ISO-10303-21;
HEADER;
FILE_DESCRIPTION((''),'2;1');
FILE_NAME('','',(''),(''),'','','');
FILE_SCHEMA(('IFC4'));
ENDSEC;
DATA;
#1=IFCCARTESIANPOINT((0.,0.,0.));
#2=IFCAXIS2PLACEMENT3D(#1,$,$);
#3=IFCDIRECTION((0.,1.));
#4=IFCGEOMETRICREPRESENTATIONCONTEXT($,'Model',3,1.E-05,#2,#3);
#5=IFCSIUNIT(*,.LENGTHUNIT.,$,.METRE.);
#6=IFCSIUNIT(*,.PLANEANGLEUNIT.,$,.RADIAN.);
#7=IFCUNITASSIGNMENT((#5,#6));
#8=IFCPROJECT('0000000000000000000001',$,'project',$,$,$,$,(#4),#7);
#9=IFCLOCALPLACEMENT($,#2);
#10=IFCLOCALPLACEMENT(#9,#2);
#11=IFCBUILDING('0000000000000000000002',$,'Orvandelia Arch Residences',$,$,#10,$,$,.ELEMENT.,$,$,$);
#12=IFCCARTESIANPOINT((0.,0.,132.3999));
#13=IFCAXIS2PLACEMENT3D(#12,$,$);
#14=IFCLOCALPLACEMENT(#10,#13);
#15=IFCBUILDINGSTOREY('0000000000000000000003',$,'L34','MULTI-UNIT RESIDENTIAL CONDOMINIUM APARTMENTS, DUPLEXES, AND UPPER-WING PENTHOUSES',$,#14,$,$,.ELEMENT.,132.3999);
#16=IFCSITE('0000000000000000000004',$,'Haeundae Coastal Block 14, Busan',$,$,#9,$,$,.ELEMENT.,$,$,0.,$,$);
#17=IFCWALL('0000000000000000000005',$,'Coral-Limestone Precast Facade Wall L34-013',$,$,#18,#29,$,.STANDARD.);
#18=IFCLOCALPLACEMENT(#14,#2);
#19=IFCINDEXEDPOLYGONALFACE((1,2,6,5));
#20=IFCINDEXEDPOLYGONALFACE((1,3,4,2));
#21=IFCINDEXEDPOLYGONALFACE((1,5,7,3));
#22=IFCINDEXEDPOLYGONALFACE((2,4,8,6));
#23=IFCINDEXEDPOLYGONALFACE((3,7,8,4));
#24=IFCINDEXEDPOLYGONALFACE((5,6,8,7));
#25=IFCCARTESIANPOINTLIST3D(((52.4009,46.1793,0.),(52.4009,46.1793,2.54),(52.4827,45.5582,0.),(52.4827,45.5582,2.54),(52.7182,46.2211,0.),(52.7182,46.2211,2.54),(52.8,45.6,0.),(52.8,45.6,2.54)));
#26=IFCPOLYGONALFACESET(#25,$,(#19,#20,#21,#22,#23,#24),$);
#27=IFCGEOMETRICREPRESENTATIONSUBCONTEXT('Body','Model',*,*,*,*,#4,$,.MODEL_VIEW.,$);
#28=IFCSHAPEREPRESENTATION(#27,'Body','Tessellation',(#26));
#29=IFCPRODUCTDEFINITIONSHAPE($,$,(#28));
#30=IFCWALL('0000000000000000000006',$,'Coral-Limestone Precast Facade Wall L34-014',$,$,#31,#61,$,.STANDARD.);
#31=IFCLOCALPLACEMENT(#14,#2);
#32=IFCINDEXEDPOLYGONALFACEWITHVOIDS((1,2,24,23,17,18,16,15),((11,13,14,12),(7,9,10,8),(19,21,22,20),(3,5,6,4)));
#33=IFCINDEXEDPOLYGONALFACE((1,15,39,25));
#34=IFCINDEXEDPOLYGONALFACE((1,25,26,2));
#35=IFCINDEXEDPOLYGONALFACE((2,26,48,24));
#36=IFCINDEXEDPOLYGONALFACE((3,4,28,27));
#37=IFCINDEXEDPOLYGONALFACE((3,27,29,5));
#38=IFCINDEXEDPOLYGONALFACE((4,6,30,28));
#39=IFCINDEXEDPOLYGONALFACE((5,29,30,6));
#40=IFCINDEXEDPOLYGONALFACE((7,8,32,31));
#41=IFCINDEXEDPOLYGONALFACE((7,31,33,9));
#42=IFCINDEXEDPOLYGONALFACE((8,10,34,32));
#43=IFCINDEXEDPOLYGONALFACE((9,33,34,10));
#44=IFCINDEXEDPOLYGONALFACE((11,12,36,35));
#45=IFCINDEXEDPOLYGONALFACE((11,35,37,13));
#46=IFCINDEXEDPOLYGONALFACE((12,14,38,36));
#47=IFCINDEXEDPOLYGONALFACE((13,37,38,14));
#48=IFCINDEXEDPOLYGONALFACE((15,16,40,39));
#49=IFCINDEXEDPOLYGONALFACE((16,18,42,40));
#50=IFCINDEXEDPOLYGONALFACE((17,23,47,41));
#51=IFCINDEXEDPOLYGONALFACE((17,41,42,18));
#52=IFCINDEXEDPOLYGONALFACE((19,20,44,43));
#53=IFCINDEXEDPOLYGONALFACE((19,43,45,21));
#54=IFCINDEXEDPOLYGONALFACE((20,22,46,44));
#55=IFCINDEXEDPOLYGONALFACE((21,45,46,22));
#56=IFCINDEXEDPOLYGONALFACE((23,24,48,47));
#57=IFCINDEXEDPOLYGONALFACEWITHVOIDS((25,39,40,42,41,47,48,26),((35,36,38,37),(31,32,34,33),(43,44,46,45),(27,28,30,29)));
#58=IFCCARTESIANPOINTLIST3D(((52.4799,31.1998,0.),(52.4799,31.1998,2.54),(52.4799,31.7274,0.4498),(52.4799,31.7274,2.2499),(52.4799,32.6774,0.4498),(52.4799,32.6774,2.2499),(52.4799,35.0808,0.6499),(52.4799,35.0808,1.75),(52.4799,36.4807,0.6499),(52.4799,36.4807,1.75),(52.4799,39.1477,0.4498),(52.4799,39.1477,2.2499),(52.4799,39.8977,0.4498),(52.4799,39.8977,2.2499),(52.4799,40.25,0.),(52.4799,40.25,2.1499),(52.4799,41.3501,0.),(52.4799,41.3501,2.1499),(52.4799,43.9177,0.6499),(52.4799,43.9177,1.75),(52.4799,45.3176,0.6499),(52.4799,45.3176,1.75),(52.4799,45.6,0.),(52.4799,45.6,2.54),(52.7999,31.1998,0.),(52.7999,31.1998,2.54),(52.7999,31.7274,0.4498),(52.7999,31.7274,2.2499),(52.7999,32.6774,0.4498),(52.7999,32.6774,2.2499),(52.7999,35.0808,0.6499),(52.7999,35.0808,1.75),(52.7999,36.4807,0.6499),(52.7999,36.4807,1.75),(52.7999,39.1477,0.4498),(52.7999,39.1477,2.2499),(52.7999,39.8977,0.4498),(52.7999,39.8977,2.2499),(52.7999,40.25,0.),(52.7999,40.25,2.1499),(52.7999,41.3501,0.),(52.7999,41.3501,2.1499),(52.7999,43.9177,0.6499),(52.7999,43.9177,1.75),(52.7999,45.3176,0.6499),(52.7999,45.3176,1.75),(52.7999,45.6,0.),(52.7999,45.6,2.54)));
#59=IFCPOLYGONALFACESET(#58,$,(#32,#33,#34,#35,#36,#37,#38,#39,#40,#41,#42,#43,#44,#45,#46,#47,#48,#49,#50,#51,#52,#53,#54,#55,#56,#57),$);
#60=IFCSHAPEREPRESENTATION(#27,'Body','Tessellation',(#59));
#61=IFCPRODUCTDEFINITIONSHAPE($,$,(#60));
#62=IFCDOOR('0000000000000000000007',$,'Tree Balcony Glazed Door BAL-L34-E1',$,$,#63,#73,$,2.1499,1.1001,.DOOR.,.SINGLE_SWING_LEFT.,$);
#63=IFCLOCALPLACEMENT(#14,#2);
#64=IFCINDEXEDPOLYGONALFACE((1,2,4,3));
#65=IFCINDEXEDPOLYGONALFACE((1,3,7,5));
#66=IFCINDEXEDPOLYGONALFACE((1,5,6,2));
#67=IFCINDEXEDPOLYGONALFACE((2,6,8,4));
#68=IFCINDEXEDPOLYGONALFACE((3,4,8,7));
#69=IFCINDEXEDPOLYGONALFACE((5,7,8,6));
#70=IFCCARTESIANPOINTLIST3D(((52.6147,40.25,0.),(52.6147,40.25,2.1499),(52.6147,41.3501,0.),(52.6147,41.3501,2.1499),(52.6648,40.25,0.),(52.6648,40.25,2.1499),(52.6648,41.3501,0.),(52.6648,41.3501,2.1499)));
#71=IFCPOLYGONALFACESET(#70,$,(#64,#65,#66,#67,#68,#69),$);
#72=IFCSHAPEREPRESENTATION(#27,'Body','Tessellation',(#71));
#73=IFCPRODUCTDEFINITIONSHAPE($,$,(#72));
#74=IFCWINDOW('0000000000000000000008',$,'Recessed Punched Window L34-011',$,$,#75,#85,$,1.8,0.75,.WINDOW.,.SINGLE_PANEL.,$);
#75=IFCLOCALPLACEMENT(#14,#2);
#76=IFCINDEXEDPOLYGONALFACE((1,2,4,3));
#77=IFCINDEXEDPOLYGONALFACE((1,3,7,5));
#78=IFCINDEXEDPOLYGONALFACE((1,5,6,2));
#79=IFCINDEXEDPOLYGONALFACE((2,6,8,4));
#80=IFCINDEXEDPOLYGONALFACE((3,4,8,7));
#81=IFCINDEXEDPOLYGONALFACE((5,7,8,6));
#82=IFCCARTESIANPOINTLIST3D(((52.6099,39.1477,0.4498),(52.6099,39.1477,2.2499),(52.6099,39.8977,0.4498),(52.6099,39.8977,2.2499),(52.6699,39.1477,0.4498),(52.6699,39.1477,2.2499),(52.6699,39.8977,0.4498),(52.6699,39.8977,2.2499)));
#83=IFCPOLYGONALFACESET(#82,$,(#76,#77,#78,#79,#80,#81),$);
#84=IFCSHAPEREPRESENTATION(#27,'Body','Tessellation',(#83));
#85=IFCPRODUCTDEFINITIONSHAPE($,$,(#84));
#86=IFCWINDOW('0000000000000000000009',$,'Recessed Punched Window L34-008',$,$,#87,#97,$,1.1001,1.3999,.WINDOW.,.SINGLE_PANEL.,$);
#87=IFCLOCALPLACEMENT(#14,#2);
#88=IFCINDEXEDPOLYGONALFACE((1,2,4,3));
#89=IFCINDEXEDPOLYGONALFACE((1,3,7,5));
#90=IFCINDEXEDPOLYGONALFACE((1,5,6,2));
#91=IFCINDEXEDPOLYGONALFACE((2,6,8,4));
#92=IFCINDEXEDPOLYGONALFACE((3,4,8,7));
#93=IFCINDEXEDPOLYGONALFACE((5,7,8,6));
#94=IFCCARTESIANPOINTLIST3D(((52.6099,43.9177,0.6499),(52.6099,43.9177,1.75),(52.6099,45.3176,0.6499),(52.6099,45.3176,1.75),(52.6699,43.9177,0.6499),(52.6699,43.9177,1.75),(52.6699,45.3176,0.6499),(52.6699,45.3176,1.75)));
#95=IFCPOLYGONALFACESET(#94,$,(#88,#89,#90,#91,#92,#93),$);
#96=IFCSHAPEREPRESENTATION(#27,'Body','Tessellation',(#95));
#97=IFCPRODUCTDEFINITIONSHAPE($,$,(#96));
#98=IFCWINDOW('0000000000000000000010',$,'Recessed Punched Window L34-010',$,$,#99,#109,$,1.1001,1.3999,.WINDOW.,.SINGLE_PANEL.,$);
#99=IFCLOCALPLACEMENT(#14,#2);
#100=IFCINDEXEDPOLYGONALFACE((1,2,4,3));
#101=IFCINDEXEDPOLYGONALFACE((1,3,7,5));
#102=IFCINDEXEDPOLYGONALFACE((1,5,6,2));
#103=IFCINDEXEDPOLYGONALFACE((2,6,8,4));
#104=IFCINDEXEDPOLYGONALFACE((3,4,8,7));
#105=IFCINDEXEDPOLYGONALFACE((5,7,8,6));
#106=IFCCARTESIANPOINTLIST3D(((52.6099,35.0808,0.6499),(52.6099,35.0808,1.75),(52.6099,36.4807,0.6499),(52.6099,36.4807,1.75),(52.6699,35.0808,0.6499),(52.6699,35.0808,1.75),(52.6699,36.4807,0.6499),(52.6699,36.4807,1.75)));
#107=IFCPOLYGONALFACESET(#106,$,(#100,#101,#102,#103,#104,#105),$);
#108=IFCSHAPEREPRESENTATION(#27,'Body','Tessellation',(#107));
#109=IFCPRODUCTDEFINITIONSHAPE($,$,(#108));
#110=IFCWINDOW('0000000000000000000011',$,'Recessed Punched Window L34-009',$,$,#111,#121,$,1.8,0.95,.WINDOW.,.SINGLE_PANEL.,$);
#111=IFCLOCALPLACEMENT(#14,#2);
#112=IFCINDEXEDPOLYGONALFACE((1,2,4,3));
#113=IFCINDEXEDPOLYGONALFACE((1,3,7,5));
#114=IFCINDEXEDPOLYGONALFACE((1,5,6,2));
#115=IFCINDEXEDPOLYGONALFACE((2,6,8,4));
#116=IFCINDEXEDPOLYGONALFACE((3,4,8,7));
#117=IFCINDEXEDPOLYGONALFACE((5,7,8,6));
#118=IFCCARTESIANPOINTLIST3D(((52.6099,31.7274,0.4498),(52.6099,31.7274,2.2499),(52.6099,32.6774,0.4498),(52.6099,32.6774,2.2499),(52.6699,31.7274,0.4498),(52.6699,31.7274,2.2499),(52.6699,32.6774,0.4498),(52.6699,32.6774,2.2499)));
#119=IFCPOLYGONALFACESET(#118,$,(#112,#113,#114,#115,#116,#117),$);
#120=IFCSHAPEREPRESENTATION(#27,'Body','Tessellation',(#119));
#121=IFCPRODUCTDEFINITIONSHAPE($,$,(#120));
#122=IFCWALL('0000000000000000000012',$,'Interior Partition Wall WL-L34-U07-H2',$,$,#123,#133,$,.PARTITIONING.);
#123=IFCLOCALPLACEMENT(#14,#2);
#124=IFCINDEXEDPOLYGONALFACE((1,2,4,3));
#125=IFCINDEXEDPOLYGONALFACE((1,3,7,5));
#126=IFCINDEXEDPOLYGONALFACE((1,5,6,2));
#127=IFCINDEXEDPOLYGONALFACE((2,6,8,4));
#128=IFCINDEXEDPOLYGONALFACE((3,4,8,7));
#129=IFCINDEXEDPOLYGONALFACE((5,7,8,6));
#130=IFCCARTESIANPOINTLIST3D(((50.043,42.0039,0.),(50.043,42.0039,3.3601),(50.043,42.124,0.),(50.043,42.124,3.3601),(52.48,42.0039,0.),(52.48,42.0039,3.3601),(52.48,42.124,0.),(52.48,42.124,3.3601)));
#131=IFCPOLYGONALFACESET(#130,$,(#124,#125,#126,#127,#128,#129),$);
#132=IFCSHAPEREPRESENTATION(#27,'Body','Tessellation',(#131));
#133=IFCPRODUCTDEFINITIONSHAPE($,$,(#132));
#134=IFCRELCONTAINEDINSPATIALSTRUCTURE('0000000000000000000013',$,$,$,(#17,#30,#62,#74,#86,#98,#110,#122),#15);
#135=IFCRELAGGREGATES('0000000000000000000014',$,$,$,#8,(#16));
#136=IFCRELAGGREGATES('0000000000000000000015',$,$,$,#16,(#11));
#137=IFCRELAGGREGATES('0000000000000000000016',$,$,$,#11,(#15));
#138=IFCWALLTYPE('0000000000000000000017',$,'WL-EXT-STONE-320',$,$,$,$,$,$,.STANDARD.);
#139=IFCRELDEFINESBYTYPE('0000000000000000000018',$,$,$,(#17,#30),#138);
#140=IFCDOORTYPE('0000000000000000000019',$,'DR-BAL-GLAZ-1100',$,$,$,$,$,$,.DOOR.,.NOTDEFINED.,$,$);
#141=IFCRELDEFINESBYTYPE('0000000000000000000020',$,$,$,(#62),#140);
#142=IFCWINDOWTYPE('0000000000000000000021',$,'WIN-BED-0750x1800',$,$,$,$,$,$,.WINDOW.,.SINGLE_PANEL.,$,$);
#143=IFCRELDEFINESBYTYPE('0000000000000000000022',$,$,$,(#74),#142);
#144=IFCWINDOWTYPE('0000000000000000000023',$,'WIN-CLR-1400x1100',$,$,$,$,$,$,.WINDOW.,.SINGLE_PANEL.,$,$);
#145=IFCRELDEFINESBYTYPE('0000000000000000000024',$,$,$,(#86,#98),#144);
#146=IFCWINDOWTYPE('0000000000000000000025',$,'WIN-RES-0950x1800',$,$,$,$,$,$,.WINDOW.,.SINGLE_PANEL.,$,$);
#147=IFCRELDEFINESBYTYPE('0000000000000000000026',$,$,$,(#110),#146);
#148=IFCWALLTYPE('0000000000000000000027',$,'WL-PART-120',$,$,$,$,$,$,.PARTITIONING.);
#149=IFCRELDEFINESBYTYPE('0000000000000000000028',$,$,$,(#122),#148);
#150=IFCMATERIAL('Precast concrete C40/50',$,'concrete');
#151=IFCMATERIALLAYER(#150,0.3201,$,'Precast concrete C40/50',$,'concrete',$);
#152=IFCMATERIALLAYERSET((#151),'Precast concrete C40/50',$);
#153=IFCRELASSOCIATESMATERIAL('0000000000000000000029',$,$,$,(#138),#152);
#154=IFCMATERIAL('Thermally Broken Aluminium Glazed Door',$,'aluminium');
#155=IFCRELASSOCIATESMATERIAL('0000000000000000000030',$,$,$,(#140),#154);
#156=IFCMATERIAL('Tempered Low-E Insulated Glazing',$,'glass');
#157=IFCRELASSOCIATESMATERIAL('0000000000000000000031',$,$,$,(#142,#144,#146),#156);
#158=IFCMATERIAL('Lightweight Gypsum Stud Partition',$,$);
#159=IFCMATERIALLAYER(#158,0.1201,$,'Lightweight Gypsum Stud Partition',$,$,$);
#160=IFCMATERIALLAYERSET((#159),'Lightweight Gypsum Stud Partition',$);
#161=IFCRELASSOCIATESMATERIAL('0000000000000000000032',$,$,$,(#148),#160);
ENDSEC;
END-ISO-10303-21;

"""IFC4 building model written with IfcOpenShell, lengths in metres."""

from ifc_helpers import new_model, si_unit, direction, frame, frame_2d, origin, place, context, subcontext, project, spatial, rectangle, extrude, material, layer, layer_set, type_object, element, fill, save


model = new_model("IFC4")

# Units and contexts
model_context = context("Model", 3, precision=1e-05, world=origin(), true_north=direction((0.0, 1.0)))
body_context = subcontext(model_context, "Body", "Model", "MODEL_VIEW")
ifc_project = project(units=[si_unit("LENGTHUNIT", "METRE"), si_unit("PLANEANGLEUNIT", "RADIAN")], contexts=[model_context])

# Site, building, storey
site_placement = place(None, origin())
site = spatial("IfcSite", under=ifc_project, at=site_placement, Name="Haeundae Coastal Block 14, Busan", CompositionType="ELEMENT", RefElevation=0.0)
building_placement = place(site_placement, origin())
building = spatial("IfcBuilding", under=site, at=building_placement, Name="Orvandelia Arch Residences", CompositionType="ELEMENT")
storey_placement = place(building_placement, frame((0.0, 0.0, 132.3999)))
storey = spatial("IfcBuildingStorey", under=building, at=storey_placement, Name="L34", Description="MULTI-UNIT RESIDENTIAL CONDOMINIUM APARTMENTS, DUPLEXES, AND UPPER-WING PENTHOUSES", CompositionType="ELEMENT", Elevation=132.3999)

# Wall
ifc_material_1 = material(Name="Precast concrete C40/50", Category="concrete")
ifc_layer_1 = layer(ifc_material_1, 0.3201, Name="Precast concrete C40/50", Category="concrete")
ifc_layer_set_1 = layer_set([ifc_layer_1], Name="Precast concrete C40/50")
wall_type_1 = type_object("IfcWallType", Name="WL-EXT-STONE-320", PredefinedType="STANDARD", material=ifc_layer_set_1)
for number, where, z_axis, x_axis, name in (
    (1, (52.5596, 46.2002, 0.0), (0.0, 0.0, 1.0), (0.130555, -0.991441, 0.0), "Coral-Limestone Precast Facade Wall L34-013"),
):
    element("IfcWall", number, at=place(storey_placement, frame(where, z_axis=z_axis, x_axis=x_axis)), inside=storey, type_object=wall_type_1, Name=name, PredefinedType="STANDARD", context=body_context, shape_type="SweptSolid", body=[
        extrude(rectangle(XDim=0.6265, YDim=0.3201, at=frame_2d((0.3132, 0.0))), origin(), (0.0, 0.0, 1.0), 2.54),
    ])

# Wall, openings, door, windows
wall_1_placement = place(storey_placement, frame((52.6399, 45.6001, 0.0), z_axis=(0.0, 0.0, 1.0), x_axis=(0.0, -1.0, 0.0)))
wall_1 = element("IfcWall", 2, at=wall_1_placement, inside=storey, type_object=wall_type_1, Name="Coral-Limestone Precast Facade Wall L34-014", PredefinedType="STANDARD", context=body_context, shape_type="SweptSolid", body=[
    extrude(rectangle(XDim=14.4001, YDim=0.3201, at=frame_2d((7.2002, 0.0))), origin(), (0.0, 0.0, 1.0), 2.54),
])
opening_1_placement = place(wall_1_placement, frame((4.25, 0.0, 0.0)))
opening_1 = element("IfcOpeningElement", 3, at=opening_1_placement, cuts=wall_1, PredefinedType="OPENING", context=body_context, shape_type="SweptSolid", body=[
    extrude(rectangle(XDim=1.1001, YDim=2.1499, at=frame_2d((0.55, 1.075))), frame((0.0, 0.1699, 0.0), z_axis=(0.0, -1.0, 0.0), x_axis=(1.0, 0.0, 0.0)), (0.0, 0.0, 1.0), 0.3401),
])
opening_2_placement = place(wall_1_placement, frame((0.2825, 0.0, 0.6499)))
opening_2 = element("IfcOpeningElement", 4, at=opening_2_placement, cuts=wall_1, PredefinedType="OPENING", context=body_context, shape_type="SweptSolid", body=[
    extrude(rectangle(XDim=1.3999, YDim=1.1001, at=frame_2d((0.7, 0.55))), frame((0.0, 0.1699, 0.0), z_axis=(0.0, -1.0, 0.0), x_axis=(1.0, 0.0, 0.0)), (0.0, 0.0, 1.0), 0.3401),
])
opening_3_placement = place(wall_1_placement, frame((12.9226, 0.0, 0.45)))
opening_3 = element("IfcOpeningElement", 5, at=opening_3_placement, cuts=wall_1, PredefinedType="OPENING", context=body_context, shape_type="SweptSolid", body=[
    extrude(rectangle(XDim=0.95, YDim=1.8, at=frame_2d((0.4751, 0.8999))), frame((0.0, 0.1699, 0.0), z_axis=(0.0, -1.0, 0.0), x_axis=(1.0, 0.0, 0.0)), (0.0, 0.0, 1.0), 0.3401),
])
opening_4_placement = place(wall_1_placement, frame((9.1194, 0.0, 0.6499)))
opening_4 = element("IfcOpeningElement", 6, at=opening_4_placement, cuts=wall_1, PredefinedType="OPENING", context=body_context, shape_type="SweptSolid", body=[
    extrude(rectangle(XDim=1.3999, YDim=1.1001, at=frame_2d((0.7, 0.55))), frame((0.0, 0.1699, 0.0), z_axis=(0.0, -1.0, 0.0), x_axis=(1.0, 0.0, 0.0)), (0.0, 0.0, 1.0), 0.3401),
])
opening_5_placement = place(wall_1_placement, frame((5.7024, 0.0, 0.45)))
opening_5 = element("IfcOpeningElement", 7, at=opening_5_placement, cuts=wall_1, PredefinedType="OPENING", context=body_context, shape_type="SweptSolid", body=[
    extrude(rectangle(XDim=0.75, YDim=1.8, at=frame_2d((0.375, 0.8999))), frame((0.0, 0.1699, 0.0), z_axis=(0.0, -1.0, 0.0), x_axis=(1.0, 0.0, 0.0)), (0.0, 0.0, 1.0), 0.3401),
])
ifc_material_2 = material(Name="Thermally Broken Aluminium Glazed Door", Category="aluminium")
door_type_1 = type_object("IfcDoorType", Name="DR-BAL-GLAZ-1100", OperationType="NOTDEFINED", PredefinedType="DOOR", material=ifc_material_2)
door_1_placement = place(opening_1_placement, origin())
door_1 = element("IfcDoor", 8, at=door_1_placement, inside=storey, type_object=door_type_1, Name="Tree Balcony Glazed Door BAL-L34-E1", OperationType="SINGLE_SWING_LEFT", OverallHeight=2.1499, OverallWidth=1.1001, PredefinedType="DOOR", context=body_context, shape_type="SweptSolid", body=[
    extrude(rectangle(XDim=1.1001, YDim=2.1499, at=frame_2d((0.55, 1.075))), frame((0.0, 0.0249, 0.0), z_axis=(0.0, -1.0, 0.0), x_axis=(1.0, 0.0, 0.0)), (0.0, 0.0, 1.0), 0.05),
])
fill(opening_1, door_1)
ifc_material_3 = material(Name="Tempered Low-E Insulated Glazing", Category="glass")
window_type_1 = type_object("IfcWindowType", Name="WIN-BED-0750x1800", PartitioningType="SINGLE_PANEL", PredefinedType="WINDOW", material=ifc_material_3)
window_1_placement = place(opening_5_placement, origin())
window_1 = element("IfcWindow", 9, at=window_1_placement, inside=storey, type_object=window_type_1, Name="Recessed Punched Window L34-011", OverallHeight=1.8, OverallWidth=0.75, PartitioningType="SINGLE_PANEL", PredefinedType="WINDOW", context=body_context, shape_type="SweptSolid", body=[
    extrude(rectangle(XDim=0.75, YDim=1.8, at=frame_2d((0.375, 0.8999))), frame((0.0, 0.03, 0.0), z_axis=(0.0, -1.0, 0.0), x_axis=(1.0, 0.0, 0.0)), (0.0, 0.0, 1.0), 0.0601),
])
fill(opening_5, window_1)
window_type_2 = type_object("IfcWindowType", Name="WIN-CLR-1400x1100", PartitioningType="SINGLE_PANEL", PredefinedType="WINDOW", material=ifc_material_3)
window_2_placement = place(opening_2_placement, origin())
window_2 = element("IfcWindow", 10, at=window_2_placement, inside=storey, type_object=window_type_2, Name="Recessed Punched Window L34-008", OverallHeight=1.1001, OverallWidth=1.3999, PartitioningType="SINGLE_PANEL", PredefinedType="WINDOW", context=body_context, shape_type="SweptSolid", body=[
    extrude(rectangle(XDim=1.3999, YDim=1.1001, at=frame_2d((0.7, 0.55))), frame((0.0, 0.03, 0.0), z_axis=(0.0, -1.0, 0.0), x_axis=(1.0, 0.0, 0.0)), (0.0, 0.0, 1.0), 0.0601),
])
fill(opening_2, window_2)
window_3_placement = place(opening_4_placement, origin())
window_3 = element("IfcWindow", 11, at=window_3_placement, inside=storey, type_object=window_type_2, Name="Recessed Punched Window L34-010", OverallHeight=1.1001, OverallWidth=1.3999, PartitioningType="SINGLE_PANEL", PredefinedType="WINDOW", context=body_context, shape_type="SweptSolid", body=[
    extrude(rectangle(XDim=1.3999, YDim=1.1001, at=frame_2d((0.7, 0.55))), frame((0.0, 0.03, 0.0), z_axis=(0.0, -1.0, 0.0), x_axis=(1.0, 0.0, 0.0)), (0.0, 0.0, 1.0), 0.0601),
])
fill(opening_4, window_3)
window_type_3 = type_object("IfcWindowType", Name="WIN-RES-0950x1800", PartitioningType="SINGLE_PANEL", PredefinedType="WINDOW", material=ifc_material_3)
window_4_placement = place(opening_3_placement, origin())
window_4 = element("IfcWindow", 12, at=window_4_placement, inside=storey, type_object=window_type_3, Name="Recessed Punched Window L34-009", OverallHeight=1.8, OverallWidth=0.95, PartitioningType="SINGLE_PANEL", PredefinedType="WINDOW", context=body_context, shape_type="SweptSolid", body=[
    extrude(rectangle(XDim=0.95, YDim=1.8, at=frame_2d((0.4751, 0.8999))), frame((0.0, 0.03, 0.0), z_axis=(0.0, -1.0, 0.0), x_axis=(1.0, 0.0, 0.0)), (0.0, 0.0, 1.0), 0.0601),
])
fill(opening_3, window_4)

# Wall
ifc_material_4 = material(Name="Lightweight Gypsum Stud Partition")
ifc_layer_2 = layer(ifc_material_4, 0.1201, Name="Lightweight Gypsum Stud Partition")
ifc_layer_set_2 = layer_set([ifc_layer_2], Name="Lightweight Gypsum Stud Partition")
wall_type_2 = type_object("IfcWallType", Name="WL-PART-120", PredefinedType="PARTITIONING", material=ifc_layer_set_2)
wall_2_placement = place(storey_placement, frame((50.043, 42.064, 0.0), z_axis=(0.0, 0.0, 1.0), x_axis=(1.0, 0.0, 0.0)))
element("IfcWall", 13, at=wall_2_placement, inside=storey, type_object=wall_type_2, Name="Interior Partition Wall WL-L34-U07-H2", PredefinedType="PARTITIONING", context=body_context, shape_type="SweptSolid", body=[
    extrude(rectangle(XDim=2.437, YDim=0.1201, at=frame_2d((1.2185, 0.0))), origin(), (0.0, 0.0, 1.0), 3.3601),
])

save(model, "model.ifc")
